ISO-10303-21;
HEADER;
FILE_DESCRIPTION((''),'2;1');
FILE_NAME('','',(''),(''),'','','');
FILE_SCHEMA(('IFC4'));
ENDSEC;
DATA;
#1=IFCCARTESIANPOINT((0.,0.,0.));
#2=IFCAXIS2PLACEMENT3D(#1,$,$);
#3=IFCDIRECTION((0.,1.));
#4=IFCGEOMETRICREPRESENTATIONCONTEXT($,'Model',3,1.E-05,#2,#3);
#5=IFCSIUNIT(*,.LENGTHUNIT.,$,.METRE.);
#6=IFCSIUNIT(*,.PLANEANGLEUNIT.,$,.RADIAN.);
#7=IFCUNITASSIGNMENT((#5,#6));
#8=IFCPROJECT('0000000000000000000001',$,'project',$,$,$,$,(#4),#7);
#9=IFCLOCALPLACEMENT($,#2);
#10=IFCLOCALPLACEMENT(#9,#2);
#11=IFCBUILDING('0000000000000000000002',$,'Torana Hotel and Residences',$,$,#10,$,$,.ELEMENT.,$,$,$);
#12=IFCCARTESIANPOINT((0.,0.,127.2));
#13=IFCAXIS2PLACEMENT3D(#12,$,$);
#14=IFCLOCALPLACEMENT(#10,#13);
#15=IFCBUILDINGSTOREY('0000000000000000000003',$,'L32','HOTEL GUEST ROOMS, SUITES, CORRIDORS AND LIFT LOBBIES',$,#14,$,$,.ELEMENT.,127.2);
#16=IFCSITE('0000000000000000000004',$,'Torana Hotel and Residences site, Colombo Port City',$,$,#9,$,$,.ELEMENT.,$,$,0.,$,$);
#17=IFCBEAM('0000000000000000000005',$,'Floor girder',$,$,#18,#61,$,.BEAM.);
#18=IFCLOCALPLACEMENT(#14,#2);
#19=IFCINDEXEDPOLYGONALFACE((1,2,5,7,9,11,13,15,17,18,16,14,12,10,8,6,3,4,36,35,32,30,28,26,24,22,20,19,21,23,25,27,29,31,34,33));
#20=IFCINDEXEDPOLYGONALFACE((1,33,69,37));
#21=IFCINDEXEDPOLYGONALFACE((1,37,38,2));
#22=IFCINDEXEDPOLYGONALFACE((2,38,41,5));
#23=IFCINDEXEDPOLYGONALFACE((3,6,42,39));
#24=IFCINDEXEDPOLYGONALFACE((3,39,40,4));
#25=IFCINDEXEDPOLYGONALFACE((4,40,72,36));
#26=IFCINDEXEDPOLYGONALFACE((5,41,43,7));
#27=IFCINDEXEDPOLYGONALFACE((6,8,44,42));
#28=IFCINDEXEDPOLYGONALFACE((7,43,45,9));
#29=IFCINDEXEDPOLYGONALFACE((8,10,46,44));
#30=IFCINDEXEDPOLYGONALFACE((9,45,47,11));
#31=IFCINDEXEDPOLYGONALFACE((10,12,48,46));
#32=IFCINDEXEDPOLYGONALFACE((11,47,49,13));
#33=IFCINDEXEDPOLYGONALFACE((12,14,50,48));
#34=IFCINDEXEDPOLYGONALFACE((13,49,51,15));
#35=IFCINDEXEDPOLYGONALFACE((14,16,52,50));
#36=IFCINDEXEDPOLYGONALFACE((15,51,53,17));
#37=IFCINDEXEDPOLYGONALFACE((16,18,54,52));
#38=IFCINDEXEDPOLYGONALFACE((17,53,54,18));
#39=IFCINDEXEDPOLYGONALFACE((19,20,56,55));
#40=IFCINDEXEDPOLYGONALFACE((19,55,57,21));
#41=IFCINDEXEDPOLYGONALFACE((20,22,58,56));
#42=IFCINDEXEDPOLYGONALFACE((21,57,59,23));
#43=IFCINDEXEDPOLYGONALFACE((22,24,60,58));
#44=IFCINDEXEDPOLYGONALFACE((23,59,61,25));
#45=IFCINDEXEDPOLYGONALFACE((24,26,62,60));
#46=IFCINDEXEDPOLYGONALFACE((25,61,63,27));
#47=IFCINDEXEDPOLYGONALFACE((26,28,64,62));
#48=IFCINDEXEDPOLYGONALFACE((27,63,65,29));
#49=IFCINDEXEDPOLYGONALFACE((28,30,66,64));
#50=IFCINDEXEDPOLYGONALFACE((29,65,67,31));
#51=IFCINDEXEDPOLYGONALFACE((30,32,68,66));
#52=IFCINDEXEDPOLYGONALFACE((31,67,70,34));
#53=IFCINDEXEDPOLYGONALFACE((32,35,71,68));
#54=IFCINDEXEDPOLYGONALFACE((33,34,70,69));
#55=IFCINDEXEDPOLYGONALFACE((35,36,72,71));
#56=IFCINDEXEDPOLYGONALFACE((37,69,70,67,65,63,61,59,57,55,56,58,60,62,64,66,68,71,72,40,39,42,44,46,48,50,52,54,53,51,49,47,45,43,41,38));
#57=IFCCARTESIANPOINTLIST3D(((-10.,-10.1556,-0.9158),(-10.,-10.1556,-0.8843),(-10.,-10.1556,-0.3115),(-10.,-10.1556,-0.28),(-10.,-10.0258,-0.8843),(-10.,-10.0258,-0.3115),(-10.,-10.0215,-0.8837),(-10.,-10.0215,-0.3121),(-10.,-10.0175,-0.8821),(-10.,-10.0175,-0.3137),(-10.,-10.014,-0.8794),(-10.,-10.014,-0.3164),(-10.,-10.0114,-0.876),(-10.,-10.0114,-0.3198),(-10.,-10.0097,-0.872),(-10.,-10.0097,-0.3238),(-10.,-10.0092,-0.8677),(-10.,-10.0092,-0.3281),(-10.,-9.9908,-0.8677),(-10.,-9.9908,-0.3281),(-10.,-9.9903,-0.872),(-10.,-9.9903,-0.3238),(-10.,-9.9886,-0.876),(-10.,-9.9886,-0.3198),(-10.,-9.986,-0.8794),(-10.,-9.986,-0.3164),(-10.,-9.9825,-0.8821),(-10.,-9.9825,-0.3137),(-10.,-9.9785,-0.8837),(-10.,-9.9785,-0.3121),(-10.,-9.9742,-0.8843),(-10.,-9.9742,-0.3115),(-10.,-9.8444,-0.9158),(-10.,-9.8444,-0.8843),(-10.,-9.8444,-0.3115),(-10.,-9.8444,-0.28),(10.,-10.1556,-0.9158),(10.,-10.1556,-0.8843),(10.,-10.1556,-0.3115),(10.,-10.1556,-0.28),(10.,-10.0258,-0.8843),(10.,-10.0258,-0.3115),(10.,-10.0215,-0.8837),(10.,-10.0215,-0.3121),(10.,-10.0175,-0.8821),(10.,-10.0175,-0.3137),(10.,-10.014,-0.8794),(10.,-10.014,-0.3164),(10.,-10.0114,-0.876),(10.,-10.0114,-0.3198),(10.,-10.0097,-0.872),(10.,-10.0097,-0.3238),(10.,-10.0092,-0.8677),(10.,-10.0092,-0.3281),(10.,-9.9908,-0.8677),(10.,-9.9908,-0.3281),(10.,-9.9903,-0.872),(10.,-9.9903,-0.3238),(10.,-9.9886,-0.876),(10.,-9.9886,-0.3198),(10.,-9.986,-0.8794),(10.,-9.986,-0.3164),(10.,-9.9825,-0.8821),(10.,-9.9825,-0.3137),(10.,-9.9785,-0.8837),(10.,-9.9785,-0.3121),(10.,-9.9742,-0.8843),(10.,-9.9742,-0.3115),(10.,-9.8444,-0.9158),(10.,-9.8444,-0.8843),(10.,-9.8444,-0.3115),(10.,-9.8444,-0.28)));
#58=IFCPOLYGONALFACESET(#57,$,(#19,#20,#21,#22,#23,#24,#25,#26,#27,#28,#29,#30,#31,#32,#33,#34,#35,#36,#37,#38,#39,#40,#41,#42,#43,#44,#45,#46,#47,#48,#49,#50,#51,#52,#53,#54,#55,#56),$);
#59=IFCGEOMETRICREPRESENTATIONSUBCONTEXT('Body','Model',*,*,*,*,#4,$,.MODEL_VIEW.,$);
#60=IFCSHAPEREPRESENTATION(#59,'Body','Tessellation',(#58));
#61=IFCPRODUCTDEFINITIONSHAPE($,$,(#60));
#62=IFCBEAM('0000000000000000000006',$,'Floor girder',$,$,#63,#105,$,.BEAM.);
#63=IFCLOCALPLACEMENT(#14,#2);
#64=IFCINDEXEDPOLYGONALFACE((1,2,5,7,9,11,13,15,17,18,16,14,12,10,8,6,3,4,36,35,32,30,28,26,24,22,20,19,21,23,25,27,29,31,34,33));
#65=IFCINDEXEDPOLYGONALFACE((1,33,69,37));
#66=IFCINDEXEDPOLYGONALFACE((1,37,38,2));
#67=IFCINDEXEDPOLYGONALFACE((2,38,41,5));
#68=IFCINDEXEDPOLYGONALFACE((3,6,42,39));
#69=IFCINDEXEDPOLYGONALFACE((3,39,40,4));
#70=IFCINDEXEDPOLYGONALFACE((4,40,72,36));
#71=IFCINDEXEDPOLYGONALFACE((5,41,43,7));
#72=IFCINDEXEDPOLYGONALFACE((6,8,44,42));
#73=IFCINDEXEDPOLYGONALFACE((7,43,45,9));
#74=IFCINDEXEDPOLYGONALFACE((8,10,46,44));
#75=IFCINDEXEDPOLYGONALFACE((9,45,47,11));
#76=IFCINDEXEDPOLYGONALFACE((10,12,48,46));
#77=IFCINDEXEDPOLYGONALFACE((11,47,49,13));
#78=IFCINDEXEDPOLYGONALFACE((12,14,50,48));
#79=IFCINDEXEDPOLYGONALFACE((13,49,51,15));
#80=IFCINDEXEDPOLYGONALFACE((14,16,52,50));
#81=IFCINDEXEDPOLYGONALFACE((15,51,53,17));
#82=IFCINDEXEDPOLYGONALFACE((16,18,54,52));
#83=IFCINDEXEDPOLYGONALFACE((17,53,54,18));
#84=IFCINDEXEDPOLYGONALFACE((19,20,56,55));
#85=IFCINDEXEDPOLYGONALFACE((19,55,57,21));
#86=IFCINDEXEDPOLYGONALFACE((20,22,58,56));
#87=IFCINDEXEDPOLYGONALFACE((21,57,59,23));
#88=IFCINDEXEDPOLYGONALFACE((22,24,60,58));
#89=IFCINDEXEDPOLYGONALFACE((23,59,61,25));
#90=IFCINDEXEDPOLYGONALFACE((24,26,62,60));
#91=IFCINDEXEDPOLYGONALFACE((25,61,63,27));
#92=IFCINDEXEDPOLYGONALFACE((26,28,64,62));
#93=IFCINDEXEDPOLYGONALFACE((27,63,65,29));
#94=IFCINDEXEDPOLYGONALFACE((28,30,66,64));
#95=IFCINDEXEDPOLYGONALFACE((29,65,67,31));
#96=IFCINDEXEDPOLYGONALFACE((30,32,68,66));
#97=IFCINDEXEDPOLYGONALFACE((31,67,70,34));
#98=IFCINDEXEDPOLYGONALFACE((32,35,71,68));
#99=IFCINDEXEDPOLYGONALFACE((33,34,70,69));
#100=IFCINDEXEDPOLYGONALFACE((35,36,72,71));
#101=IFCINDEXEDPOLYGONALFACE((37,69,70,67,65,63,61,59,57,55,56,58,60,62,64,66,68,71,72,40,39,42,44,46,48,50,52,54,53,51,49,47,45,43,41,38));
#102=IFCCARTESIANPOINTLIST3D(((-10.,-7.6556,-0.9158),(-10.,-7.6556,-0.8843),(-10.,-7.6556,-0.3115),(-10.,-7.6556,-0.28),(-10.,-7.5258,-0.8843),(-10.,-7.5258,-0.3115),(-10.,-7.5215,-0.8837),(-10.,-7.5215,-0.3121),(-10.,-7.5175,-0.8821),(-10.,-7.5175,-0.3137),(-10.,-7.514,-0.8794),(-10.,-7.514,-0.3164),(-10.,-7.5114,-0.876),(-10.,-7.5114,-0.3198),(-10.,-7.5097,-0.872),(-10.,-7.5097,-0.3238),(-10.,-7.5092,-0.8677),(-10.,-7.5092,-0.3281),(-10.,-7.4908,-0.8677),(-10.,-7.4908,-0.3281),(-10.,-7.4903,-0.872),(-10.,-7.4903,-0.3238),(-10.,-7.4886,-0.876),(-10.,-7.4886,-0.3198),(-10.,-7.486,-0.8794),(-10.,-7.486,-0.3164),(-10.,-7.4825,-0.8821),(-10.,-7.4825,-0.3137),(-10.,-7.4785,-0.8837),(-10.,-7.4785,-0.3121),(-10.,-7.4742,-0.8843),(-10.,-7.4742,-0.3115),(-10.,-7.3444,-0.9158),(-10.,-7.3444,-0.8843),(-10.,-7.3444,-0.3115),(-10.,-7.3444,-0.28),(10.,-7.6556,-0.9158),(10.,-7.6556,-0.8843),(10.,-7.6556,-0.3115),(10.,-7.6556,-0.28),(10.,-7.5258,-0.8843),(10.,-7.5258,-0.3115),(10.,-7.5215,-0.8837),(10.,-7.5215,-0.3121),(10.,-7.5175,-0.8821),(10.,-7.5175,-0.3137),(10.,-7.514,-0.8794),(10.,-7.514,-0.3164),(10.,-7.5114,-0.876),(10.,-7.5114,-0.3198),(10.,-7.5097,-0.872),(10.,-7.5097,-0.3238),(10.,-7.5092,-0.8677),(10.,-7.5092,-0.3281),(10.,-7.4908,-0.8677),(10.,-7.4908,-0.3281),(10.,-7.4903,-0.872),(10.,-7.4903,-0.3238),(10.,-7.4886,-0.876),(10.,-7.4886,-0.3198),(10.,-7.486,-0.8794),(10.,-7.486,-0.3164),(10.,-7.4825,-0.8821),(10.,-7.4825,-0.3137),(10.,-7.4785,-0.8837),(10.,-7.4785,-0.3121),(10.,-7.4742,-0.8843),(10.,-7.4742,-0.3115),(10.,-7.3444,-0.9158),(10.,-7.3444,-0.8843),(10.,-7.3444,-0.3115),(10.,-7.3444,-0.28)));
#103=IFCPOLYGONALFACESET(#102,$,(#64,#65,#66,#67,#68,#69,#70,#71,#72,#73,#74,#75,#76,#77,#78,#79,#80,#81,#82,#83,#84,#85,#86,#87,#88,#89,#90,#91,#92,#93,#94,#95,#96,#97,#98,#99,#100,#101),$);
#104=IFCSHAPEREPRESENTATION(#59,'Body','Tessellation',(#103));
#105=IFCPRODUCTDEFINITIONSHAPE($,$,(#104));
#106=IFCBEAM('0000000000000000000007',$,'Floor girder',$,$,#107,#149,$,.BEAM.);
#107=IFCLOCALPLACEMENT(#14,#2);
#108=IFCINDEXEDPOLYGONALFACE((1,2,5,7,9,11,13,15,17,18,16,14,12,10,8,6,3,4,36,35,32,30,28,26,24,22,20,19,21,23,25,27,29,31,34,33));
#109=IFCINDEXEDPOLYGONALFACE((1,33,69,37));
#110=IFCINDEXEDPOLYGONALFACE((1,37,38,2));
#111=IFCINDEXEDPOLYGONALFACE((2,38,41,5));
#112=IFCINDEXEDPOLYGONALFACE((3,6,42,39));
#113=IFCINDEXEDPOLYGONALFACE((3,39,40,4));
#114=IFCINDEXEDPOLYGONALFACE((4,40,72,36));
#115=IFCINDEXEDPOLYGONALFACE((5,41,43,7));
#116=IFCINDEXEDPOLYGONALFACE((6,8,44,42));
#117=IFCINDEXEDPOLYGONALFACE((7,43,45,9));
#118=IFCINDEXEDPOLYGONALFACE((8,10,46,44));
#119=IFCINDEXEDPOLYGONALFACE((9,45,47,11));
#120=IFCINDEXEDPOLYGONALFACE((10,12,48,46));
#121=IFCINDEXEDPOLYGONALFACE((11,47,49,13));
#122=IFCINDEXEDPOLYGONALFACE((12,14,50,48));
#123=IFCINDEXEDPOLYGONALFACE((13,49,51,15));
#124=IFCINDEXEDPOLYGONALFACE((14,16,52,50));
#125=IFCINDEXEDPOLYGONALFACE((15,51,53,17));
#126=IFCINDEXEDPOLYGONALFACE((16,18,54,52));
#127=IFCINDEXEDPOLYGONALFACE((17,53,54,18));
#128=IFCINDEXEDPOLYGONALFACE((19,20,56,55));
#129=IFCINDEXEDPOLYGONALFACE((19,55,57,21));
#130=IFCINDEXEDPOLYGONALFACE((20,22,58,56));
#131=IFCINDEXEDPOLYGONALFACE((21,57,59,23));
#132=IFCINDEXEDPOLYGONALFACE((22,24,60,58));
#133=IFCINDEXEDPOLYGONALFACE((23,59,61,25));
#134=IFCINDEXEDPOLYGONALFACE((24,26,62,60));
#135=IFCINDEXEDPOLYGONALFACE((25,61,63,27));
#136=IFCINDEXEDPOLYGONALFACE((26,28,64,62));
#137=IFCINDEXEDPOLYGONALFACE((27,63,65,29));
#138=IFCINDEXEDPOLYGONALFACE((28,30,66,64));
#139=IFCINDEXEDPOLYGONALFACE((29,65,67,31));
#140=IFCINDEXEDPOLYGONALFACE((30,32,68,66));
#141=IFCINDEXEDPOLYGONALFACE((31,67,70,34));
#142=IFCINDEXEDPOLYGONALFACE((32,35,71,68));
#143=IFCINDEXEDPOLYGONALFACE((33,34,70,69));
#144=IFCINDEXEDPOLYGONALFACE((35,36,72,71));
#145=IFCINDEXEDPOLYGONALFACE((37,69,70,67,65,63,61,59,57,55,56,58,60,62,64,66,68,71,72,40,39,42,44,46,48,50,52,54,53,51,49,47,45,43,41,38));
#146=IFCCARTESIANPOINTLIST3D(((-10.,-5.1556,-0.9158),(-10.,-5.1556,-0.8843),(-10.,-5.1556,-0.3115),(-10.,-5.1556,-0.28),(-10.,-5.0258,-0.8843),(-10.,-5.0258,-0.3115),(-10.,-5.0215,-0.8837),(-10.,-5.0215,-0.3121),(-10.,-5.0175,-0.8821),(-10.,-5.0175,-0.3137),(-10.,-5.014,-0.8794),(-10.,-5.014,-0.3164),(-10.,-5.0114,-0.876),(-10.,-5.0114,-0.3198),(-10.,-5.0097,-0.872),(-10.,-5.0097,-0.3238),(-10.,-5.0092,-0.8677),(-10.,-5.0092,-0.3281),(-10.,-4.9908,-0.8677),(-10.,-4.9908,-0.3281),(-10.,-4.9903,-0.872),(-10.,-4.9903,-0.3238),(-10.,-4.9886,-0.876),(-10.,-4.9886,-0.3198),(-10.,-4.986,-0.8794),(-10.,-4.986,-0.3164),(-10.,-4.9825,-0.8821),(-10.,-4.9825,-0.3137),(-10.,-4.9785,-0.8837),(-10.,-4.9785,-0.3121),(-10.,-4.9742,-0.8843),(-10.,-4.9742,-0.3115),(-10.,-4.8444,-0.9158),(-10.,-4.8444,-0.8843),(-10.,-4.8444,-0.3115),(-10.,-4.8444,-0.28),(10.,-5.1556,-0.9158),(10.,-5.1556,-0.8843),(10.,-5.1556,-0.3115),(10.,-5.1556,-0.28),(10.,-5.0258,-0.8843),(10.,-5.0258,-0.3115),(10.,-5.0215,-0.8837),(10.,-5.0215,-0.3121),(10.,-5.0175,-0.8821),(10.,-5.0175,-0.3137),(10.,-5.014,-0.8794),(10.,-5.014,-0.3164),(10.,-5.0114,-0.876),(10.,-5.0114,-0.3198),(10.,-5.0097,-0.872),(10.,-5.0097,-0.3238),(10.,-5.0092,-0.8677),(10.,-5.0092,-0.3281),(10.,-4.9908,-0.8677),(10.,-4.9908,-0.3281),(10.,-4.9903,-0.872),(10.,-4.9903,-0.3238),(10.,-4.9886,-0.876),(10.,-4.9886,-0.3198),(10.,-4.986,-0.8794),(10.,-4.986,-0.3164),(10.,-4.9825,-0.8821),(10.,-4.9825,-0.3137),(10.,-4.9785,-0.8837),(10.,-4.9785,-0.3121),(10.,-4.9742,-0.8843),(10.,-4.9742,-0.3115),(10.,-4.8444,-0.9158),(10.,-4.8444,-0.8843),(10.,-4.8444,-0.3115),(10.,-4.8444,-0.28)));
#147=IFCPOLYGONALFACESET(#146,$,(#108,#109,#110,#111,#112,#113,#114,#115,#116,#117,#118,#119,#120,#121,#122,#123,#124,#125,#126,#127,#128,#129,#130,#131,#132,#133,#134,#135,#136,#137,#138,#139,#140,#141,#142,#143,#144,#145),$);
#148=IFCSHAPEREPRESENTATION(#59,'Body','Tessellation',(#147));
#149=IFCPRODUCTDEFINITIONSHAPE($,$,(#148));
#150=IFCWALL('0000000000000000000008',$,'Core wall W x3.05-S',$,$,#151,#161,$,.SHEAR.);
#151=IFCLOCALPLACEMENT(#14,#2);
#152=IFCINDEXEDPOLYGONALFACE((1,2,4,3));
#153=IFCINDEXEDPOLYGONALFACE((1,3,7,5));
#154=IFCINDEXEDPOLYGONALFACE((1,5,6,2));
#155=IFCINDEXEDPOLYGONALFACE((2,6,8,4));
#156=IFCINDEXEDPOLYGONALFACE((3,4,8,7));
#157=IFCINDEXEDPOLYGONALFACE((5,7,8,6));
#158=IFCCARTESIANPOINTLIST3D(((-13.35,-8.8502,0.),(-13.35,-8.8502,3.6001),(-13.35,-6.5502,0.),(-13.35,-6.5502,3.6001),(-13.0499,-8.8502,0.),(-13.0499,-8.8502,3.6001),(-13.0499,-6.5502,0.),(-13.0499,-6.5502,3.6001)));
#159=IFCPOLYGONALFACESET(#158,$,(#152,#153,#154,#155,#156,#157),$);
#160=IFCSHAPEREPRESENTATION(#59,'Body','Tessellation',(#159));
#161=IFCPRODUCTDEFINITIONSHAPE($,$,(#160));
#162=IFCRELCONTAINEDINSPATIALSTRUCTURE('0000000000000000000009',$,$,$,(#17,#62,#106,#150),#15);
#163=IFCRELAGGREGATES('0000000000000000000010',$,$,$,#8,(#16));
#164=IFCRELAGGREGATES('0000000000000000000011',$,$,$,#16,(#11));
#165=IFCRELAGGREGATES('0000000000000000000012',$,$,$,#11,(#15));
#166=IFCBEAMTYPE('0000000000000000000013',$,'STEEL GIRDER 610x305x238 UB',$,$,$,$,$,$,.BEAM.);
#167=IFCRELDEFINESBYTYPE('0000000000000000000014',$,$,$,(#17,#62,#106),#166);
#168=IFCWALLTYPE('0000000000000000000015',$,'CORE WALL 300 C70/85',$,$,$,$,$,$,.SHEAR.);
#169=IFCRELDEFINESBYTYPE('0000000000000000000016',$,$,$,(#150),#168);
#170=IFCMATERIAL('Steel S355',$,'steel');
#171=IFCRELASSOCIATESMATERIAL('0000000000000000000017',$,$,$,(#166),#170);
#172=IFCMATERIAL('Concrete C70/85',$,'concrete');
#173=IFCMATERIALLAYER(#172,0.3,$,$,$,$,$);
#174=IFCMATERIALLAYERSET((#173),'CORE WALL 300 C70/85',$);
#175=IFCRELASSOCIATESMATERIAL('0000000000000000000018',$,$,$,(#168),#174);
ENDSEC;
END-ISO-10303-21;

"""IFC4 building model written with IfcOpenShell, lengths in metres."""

from ifc_helpers import new_model, si_unit, direction, frame, frame_2d, origin, origin_2d, place, context, subcontext, project, spatial, rectangle, i_section, extrude, material, layer, layer_set, material_profile, profile_set, type_object, element, save


model = new_model("IFC4")

# Units and contexts
model_context = context("Model", 3, precision=1e-05, world=origin(), true_north=direction((0.0, 1.0)))
body_context = subcontext(model_context, "Body", "Model", "MODEL_VIEW")
ifc_project = project(units=[si_unit("LENGTHUNIT", "METRE"), si_unit("PLANEANGLEUNIT", "RADIAN")], contexts=[model_context])

# Site, building, storey
site_placement = place(None, origin())
site = spatial("IfcSite", under=ifc_project, at=site_placement, Name="Torana Hotel and Residences site, Colombo Port City", CompositionType="ELEMENT", RefElevation=0.0)
building_placement = place(site_placement, origin())
building = spatial("IfcBuilding", under=site, at=building_placement, Name="Torana Hotel and Residences", CompositionType="ELEMENT")
storey_placement = place(building_placement, frame((0.0, 0.0, 127.2)))
storey = spatial("IfcBuildingStorey", under=building, at=storey_placement, Name="L32", Description="HOTEL GUEST ROOMS, SUITES, CORRIDORS AND LIFT LOBBIES", CompositionType="ELEMENT", Elevation=127.2)

# Beams
ifc_material_1 = material(Name="Steel S355", Category="steel")
ifc_material_profile = material_profile(ifc_material_1, i_section(OverallWidth=0.3113, OverallDepth=0.6357, WebThickness=0.0183, FlangeThickness=0.0315, FilletRadius=0.0166, at=origin_2d()), Name="610x305x238 UB")
ifc_profile_set = profile_set([ifc_material_profile], Name="Steel S355")
beam_type = type_object("IfcBeamType", Name="STEEL GIRDER 610x305x238 UB", PredefinedType="BEAM", material=ifc_profile_set)
for number, where, z_axis, x_axis, name in (
    (1, (-10.0, -10.0, -0.5979), (1.0, 0.0, 0.0), (0.0, 1.0, 0.0), "Floor girder"),
    (2, (-10.0, -7.5, -0.5979), (1.0, 0.0, 0.0), (0.0, 1.0, 0.0), "Floor girder"),
    (3, (-10.0, -5.0, -0.5979), (1.0, 0.0, 0.0), (0.0, 1.0, 0.0), "Floor girder"),
):
    element("IfcBeam", number, at=place(storey_placement, frame(where, z_axis=z_axis, x_axis=x_axis)), inside=storey, type_object=beam_type, Name=name, PredefinedType="BEAM", context=body_context, shape_type="SweptSolid", body=[
        extrude(i_section(OverallWidth=0.3113, OverallDepth=0.6357, WebThickness=0.0183, FlangeThickness=0.0315, FilletRadius=0.0166, at=origin_2d()), origin(), (0.0, 0.0, 1.0), 20.0),
    ])

# Wall
ifc_material_2 = material(Name="Concrete C70/85", Category="concrete")
ifc_layer_1 = layer(ifc_material_2, 0.3)
ifc_layer_set_1 = layer_set([ifc_layer_1], Name="CORE WALL 300 C70/85")
wall_type_1 = type_object("IfcWallType", Name="CORE WALL 300 C70/85", PredefinedType="SHEAR", material=ifc_layer_set_1)
wall_1_placement = place(storey_placement, frame((-13.2, -8.8501, 0.0), z_axis=(0.0, 0.0, 1.0), x_axis=(0.0, 1.0, 0.0)))
element("IfcWall", 4, at=wall_1_placement, inside=storey, type_object=wall_type_1, Name="Core wall W x3.05-S", PredefinedType="SHEAR", context=body_context, shape_type="SweptSolid", body=[
    extrude(rectangle(XDim=2.3, YDim=0.3, at=frame_2d((1.1499, 0.0))), origin(), (0.0, 0.0, 1.0), 3.6001),
])

save(model, "model.ifc")
